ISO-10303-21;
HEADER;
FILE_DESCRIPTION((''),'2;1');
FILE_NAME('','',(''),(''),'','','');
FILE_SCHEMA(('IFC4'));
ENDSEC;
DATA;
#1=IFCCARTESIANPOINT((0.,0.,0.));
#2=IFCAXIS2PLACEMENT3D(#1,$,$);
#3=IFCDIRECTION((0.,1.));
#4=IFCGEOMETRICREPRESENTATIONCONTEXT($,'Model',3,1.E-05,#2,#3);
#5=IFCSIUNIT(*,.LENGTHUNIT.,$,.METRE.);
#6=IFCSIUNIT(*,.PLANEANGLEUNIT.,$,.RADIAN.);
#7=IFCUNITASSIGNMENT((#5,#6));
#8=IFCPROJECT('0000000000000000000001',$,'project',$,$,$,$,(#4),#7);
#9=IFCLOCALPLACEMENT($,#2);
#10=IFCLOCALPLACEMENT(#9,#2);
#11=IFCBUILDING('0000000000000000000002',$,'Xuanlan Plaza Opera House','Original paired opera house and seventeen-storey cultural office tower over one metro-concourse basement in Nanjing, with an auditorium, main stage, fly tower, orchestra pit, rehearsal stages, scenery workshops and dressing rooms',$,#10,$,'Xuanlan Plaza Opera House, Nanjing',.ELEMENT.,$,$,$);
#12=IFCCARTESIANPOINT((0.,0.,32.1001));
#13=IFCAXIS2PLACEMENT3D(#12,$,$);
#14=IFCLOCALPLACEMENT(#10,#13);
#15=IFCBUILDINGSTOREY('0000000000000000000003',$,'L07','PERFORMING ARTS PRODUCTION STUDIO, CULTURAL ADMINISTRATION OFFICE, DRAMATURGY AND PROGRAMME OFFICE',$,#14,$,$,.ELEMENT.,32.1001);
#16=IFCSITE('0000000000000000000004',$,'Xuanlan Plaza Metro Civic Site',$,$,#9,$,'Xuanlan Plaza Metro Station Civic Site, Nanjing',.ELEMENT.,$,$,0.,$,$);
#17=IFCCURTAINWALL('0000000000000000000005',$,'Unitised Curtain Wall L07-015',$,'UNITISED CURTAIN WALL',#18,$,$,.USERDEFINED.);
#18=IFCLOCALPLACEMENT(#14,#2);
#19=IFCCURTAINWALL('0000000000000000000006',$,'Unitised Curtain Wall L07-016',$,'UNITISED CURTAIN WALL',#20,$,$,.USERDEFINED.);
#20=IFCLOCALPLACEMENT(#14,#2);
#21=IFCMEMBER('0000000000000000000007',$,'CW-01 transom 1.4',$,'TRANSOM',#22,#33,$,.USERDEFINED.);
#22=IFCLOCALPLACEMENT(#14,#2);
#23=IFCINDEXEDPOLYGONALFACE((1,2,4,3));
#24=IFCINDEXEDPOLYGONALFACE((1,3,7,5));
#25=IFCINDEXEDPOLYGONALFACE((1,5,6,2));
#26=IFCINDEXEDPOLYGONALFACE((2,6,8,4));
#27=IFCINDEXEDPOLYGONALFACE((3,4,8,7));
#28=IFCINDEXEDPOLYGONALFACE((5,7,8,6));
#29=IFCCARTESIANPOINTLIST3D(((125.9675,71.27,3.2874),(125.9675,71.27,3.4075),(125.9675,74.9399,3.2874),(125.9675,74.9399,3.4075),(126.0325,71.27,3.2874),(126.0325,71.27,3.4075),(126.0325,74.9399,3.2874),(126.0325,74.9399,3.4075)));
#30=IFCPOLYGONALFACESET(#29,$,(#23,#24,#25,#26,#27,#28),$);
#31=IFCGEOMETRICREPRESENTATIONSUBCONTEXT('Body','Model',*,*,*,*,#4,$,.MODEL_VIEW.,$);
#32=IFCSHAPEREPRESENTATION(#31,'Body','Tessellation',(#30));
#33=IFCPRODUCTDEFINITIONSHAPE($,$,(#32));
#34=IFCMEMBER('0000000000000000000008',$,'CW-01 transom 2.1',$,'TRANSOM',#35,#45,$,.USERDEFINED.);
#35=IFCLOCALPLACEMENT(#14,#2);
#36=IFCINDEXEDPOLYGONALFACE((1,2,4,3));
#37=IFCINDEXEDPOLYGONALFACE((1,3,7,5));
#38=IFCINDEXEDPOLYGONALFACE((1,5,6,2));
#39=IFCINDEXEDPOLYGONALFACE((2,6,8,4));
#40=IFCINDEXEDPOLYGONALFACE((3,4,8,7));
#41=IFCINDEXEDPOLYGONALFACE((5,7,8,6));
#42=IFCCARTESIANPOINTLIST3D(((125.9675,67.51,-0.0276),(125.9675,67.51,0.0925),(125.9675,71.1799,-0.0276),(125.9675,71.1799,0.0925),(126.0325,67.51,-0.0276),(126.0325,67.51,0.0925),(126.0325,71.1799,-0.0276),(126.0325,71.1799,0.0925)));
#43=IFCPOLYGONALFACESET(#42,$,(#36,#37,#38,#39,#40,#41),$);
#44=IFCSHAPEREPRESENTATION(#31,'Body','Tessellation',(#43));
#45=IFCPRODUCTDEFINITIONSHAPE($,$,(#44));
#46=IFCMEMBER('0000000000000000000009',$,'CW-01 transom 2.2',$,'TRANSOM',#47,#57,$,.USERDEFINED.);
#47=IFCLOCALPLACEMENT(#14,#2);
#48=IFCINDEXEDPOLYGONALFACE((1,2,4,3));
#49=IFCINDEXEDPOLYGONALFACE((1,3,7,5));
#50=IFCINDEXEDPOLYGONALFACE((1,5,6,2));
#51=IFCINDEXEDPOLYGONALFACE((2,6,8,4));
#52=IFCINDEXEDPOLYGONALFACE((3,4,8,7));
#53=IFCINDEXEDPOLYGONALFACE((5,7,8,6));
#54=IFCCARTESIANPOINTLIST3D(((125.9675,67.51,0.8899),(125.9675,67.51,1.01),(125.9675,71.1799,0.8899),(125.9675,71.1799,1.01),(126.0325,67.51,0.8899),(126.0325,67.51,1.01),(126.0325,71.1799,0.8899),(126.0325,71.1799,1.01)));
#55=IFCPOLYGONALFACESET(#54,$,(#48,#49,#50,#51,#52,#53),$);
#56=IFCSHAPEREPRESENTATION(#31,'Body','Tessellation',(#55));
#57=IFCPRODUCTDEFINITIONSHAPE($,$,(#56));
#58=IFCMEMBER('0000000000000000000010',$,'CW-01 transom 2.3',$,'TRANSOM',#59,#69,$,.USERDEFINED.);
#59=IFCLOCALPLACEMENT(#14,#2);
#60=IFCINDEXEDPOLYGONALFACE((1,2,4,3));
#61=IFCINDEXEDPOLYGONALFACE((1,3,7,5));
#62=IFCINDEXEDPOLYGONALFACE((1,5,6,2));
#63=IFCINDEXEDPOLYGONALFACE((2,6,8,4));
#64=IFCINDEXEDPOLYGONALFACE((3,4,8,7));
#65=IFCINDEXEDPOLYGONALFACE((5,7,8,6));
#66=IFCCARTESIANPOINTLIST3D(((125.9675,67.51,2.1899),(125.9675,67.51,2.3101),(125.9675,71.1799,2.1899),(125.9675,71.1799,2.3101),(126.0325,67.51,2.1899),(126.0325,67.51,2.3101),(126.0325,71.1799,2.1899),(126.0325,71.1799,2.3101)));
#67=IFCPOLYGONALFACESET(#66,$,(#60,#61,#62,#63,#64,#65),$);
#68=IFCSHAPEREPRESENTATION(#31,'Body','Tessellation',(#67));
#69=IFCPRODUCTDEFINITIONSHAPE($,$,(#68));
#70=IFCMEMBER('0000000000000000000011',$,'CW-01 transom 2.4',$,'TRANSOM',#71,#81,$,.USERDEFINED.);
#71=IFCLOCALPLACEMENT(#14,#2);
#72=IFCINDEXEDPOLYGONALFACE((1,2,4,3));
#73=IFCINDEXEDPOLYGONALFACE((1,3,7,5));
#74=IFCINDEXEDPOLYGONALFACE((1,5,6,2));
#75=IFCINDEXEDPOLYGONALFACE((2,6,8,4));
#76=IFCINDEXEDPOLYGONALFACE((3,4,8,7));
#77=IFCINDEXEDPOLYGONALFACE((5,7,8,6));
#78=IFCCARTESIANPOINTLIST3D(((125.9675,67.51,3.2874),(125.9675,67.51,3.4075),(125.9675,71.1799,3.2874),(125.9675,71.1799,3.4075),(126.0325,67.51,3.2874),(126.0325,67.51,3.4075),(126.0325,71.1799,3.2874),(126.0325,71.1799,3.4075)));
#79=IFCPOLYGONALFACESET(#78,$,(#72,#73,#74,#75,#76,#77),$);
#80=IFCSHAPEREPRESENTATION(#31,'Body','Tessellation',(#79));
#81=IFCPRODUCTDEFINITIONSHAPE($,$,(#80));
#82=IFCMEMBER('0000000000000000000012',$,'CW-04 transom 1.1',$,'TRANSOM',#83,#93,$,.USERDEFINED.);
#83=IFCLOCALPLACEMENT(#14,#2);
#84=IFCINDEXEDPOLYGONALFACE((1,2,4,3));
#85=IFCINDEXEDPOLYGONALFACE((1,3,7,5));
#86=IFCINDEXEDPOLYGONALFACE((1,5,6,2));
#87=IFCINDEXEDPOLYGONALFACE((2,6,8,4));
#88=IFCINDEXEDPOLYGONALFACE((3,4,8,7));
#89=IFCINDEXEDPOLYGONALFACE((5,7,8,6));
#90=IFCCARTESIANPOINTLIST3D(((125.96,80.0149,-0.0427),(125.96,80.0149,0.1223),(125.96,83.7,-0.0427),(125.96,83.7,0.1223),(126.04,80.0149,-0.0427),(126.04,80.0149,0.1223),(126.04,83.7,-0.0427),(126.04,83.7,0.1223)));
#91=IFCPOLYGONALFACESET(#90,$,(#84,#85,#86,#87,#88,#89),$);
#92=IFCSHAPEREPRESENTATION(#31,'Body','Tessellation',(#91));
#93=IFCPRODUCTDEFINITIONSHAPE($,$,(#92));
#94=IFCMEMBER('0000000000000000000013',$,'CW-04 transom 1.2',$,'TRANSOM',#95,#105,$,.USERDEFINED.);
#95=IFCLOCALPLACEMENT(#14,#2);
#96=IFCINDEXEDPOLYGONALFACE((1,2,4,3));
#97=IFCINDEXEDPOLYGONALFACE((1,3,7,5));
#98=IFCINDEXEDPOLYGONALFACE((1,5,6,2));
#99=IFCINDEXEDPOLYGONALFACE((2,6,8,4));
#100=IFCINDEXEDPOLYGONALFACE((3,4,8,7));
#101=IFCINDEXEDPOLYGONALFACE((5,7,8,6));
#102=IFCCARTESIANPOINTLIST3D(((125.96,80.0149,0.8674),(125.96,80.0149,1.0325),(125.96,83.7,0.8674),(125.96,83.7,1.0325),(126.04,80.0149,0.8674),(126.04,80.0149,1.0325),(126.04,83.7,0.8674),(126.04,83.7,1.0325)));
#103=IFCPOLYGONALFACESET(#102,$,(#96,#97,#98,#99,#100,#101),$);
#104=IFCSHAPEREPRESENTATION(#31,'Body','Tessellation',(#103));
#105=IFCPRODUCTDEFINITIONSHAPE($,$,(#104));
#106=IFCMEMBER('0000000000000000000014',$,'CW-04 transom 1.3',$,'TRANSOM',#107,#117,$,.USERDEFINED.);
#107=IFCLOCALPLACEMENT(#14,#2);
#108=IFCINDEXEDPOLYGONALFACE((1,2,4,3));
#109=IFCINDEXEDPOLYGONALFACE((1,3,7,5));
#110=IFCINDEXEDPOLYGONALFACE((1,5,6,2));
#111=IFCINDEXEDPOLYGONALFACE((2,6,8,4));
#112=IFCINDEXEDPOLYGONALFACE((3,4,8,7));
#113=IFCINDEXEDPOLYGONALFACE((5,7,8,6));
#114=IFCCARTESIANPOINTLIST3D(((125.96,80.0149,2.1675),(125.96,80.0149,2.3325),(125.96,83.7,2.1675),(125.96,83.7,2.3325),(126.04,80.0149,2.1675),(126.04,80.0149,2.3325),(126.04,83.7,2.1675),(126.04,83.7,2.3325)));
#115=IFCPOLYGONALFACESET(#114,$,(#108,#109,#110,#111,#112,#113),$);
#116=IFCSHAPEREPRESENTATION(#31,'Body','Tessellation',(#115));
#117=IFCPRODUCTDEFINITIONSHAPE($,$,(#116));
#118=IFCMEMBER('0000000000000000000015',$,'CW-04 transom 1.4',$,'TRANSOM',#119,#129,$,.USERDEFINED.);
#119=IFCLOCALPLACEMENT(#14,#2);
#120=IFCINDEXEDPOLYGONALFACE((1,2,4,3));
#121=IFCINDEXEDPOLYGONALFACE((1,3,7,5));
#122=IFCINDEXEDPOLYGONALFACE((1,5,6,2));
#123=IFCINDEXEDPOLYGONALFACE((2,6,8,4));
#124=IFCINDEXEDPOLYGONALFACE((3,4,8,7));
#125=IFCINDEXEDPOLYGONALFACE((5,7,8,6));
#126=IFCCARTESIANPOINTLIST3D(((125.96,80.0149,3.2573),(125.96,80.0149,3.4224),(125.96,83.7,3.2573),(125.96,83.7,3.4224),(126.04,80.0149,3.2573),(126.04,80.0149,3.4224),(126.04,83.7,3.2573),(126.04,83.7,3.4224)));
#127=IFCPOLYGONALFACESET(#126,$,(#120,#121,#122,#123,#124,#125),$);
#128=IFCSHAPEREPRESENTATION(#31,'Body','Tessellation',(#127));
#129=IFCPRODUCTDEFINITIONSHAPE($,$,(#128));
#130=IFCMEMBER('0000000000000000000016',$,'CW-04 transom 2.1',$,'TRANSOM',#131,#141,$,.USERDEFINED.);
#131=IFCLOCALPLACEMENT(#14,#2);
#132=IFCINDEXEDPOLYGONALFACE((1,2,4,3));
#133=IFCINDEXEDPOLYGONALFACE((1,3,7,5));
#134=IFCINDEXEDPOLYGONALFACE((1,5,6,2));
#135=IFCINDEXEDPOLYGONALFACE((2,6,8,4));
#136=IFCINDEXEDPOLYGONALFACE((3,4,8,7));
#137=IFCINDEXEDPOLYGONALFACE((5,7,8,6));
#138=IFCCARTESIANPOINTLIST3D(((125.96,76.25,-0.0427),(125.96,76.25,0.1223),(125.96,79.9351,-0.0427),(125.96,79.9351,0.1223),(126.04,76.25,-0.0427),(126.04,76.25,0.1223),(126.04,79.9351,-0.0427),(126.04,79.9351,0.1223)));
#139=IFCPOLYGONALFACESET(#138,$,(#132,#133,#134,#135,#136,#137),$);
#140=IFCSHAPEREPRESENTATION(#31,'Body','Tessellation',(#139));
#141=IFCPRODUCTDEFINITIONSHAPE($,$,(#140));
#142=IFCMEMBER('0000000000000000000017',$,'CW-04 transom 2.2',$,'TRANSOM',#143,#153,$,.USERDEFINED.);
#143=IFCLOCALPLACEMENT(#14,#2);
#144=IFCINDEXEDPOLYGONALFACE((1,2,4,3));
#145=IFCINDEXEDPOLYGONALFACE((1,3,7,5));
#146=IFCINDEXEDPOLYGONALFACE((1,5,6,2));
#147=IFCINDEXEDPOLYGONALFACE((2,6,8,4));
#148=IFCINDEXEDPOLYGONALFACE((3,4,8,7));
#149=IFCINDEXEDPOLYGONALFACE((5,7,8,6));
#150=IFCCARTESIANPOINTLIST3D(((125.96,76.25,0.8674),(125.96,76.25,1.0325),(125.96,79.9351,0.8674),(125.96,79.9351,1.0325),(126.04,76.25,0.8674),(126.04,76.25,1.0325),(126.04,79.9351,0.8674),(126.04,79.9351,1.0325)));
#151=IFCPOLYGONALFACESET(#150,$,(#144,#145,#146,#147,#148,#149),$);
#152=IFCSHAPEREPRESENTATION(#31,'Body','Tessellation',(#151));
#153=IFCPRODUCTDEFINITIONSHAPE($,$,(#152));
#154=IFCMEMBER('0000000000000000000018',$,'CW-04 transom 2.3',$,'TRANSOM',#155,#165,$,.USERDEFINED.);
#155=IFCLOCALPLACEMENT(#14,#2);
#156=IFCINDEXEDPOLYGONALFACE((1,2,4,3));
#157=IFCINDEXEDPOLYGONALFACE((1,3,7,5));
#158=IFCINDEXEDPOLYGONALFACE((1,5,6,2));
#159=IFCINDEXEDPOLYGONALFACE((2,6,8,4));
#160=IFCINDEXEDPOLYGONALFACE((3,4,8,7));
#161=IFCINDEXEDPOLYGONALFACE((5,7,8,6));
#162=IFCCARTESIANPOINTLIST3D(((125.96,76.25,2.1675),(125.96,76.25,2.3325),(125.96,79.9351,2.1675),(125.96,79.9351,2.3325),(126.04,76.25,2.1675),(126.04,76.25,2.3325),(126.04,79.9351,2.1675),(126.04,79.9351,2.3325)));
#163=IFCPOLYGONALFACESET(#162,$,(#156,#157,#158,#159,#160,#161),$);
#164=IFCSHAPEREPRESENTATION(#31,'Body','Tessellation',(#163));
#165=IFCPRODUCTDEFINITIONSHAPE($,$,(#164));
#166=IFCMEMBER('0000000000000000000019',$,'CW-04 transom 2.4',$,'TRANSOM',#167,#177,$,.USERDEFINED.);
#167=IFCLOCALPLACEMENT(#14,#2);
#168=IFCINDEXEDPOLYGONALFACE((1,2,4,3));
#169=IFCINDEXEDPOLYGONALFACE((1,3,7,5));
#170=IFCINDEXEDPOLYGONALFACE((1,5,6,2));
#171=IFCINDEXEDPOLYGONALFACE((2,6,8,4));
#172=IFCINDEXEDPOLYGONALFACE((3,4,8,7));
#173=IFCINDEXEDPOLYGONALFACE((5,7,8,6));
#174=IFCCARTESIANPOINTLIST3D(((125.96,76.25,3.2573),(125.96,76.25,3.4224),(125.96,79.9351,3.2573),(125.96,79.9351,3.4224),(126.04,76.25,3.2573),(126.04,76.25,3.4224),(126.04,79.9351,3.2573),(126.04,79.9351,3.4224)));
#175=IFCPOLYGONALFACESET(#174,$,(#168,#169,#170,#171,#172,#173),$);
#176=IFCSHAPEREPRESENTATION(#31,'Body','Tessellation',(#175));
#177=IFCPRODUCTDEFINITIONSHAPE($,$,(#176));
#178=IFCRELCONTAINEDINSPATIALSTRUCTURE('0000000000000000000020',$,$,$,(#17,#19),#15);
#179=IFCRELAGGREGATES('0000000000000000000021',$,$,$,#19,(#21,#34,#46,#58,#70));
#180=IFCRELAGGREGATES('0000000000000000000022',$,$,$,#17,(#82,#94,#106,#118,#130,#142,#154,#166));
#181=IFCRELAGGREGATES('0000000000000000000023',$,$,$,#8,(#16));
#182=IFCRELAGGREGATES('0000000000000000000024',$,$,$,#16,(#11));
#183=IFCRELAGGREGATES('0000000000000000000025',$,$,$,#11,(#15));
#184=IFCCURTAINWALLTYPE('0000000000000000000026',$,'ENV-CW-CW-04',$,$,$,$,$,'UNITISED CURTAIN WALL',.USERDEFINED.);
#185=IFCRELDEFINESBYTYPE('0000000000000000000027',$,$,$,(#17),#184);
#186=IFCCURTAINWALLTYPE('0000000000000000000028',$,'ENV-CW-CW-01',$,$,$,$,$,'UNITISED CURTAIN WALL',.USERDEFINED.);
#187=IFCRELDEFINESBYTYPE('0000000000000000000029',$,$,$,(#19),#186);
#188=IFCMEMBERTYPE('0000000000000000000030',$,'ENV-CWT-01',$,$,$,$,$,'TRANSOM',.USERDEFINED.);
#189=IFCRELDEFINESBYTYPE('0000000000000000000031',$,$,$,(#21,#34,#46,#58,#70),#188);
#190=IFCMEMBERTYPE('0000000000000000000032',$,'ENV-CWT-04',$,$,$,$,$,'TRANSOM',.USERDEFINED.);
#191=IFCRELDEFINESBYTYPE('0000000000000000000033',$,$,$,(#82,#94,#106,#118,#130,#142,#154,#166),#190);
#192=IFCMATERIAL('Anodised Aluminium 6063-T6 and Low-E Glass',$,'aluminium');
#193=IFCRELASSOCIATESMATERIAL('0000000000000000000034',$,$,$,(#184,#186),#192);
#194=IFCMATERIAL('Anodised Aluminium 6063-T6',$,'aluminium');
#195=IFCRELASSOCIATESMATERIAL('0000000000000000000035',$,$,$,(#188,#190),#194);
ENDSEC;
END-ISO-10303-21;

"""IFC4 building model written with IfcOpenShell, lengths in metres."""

from ifc_helpers import new_model, si_unit, direction, frame, origin, origin_2d, place, context, subcontext, project, spatial, rectangle, extrude, material, material_profile, profile_set, type_object, element, aggregate, save


model = new_model("IFC4")

# Units and contexts
model_context = context("Model", 3, precision=1e-05, world=origin(), true_north=direction((0.0, 1.0)))
body_context = subcontext(model_context, "Body", "Model", "MODEL_VIEW")
ifc_project = project(units=[si_unit("LENGTHUNIT", "METRE"), si_unit("PLANEANGLEUNIT", "RADIAN")], contexts=[model_context])

# Site, building, storey
site_placement = place(None, origin())
site = spatial("IfcSite", under=ifc_project, at=site_placement, Name="Xuanlan Plaza Metro Civic Site", LongName="Xuanlan Plaza Metro Station Civic Site, Nanjing", CompositionType="ELEMENT", RefElevation=0.0)
building_placement = place(site_placement, origin())
building = spatial("IfcBuilding", under=site, at=building_placement, Name="Xuanlan Plaza Opera House", Description="Original paired opera house and seventeen-storey cultural office tower over one metro-concourse basement in Nanjing, with an auditorium, main stage, fly tower, orchestra pit, rehearsal stages, scenery workshops and dressing rooms", LongName="Xuanlan Plaza Opera House, Nanjing", CompositionType="ELEMENT")
storey_placement = place(building_placement, frame((0.0, 0.0, 32.1001)))
storey = spatial("IfcBuildingStorey", under=building, at=storey_placement, Name="L07", Description="PERFORMING ARTS PRODUCTION STUDIO, CULTURAL ADMINISTRATION OFFICE, DRAMATURGY AND PROGRAMME OFFICE", CompositionType="ELEMENT", Elevation=32.1001)

# Curtain walls, members
ifc_material_1 = material(Name="Anodised Aluminium 6063-T6 and Low-E Glass", Category="aluminium")
curtain_wall_type_1 = type_object("IfcCurtainWallType", Name="ENV-CW-CW-04", ElementType="UNITISED CURTAIN WALL", PredefinedType="USERDEFINED", material=ifc_material_1)
curtain_wall_1_placement = place(storey_placement, origin())
curtain_wall_1 = element("IfcCurtainWall", 1, at=curtain_wall_1_placement, inside=storey, type_object=curtain_wall_type_1, Name="Unitised Curtain Wall L07-015", ObjectType="UNITISED CURTAIN WALL", PredefinedType="USERDEFINED")
ifc_material_2 = material(Name="Anodised Aluminium 6063-T6", Category="aluminium")
curtain_wall_type_2 = type_object("IfcCurtainWallType", Name="ENV-CW-CW-01", ElementType="UNITISED CURTAIN WALL", PredefinedType="USERDEFINED", material=ifc_material_1)
curtain_wall_2_placement = place(storey_placement, origin())
curtain_wall_2 = element("IfcCurtainWall", 2, at=curtain_wall_2_placement, inside=storey, type_object=curtain_wall_type_2, Name="Unitised Curtain Wall L07-016", ObjectType="UNITISED CURTAIN WALL", PredefinedType="USERDEFINED")
ifc_material_profile_1 = material_profile(ifc_material_2, rectangle(XDim=0.0649, YDim=0.1201, at=origin_2d()), Name="ALU-T 65x120")
ifc_profile_set_1 = profile_set([ifc_material_profile_1], Name="Anodised Aluminium 6063-T6")
member_type_1 = type_object("IfcMemberType", Name="ENV-CWT-01", ElementType="TRANSOM", PredefinedType="USERDEFINED", material=ifc_profile_set_1)
member_1_placement = place(storey_placement, frame((126.0, 74.9399, 3.3474), z_axis=(0.0, -1.0, 0.0), x_axis=(1.0, 0.0, 0.0)))
member_1 = element("IfcMember", 3, at=member_1_placement, type_object=member_type_1, Name="CW-01 transom 1.4", ObjectType="TRANSOM", PredefinedType="USERDEFINED", context=body_context, shape_type="SweptSolid", body=[
    extrude(rectangle(XDim=0.0649, YDim=0.1201, at=origin_2d()), origin(), (0.0, 0.0, 1.0), 3.6699),
])
member_2_placement = place(storey_placement, frame((126.0, 71.1799, 0.0325), z_axis=(0.0, -1.0, 0.0), x_axis=(1.0, 0.0, 0.0)))
member_2 = element("IfcMember", 4, at=member_2_placement, type_object=member_type_1, Name="CW-01 transom 2.1", ObjectType="TRANSOM", PredefinedType="USERDEFINED", context=body_context, shape_type="SweptSolid", body=[
    extrude(rectangle(XDim=0.0649, YDim=0.1201, at=origin_2d()), origin(), (0.0, 0.0, 1.0), 3.6699),
])
member_3_placement = place(storey_placement, frame((126.0, 71.1799, 0.95), z_axis=(0.0, -1.0, 0.0), x_axis=(1.0, 0.0, 0.0)))
member_3 = element("IfcMember", 5, at=member_3_placement, type_object=member_type_1, Name="CW-01 transom 2.2", ObjectType="TRANSOM", PredefinedType="USERDEFINED", context=body_context, shape_type="SweptSolid", body=[
    extrude(rectangle(XDim=0.0649, YDim=0.1201, at=origin_2d()), origin(), (0.0, 0.0, 1.0), 3.6699),
])
member_4_placement = place(storey_placement, frame((126.0, 71.1799, 2.25), z_axis=(0.0, -1.0, 0.0), x_axis=(1.0, 0.0, 0.0)))
member_4 = element("IfcMember", 6, at=member_4_placement, type_object=member_type_1, Name="CW-01 transom 2.3", ObjectType="TRANSOM", PredefinedType="USERDEFINED", context=body_context, shape_type="SweptSolid", body=[
    extrude(rectangle(XDim=0.0649, YDim=0.1201, at=origin_2d()), origin(), (0.0, 0.0, 1.0), 3.6699),
])
member_5_placement = place(storey_placement, frame((126.0, 71.1799, 3.3474), z_axis=(0.0, -1.0, 0.0), x_axis=(1.0, 0.0, 0.0)))
member_5 = element("IfcMember", 7, at=member_5_placement, type_object=member_type_1, Name="CW-01 transom 2.4", ObjectType="TRANSOM", PredefinedType="USERDEFINED", context=body_context, shape_type="SweptSolid", body=[
    extrude(rectangle(XDim=0.0649, YDim=0.1201, at=origin_2d()), origin(), (0.0, 0.0, 1.0), 3.6699),
])

# Members
ifc_material_profile_2 = material_profile(ifc_material_2, rectangle(XDim=0.0801, YDim=0.165, at=origin_2d()), Name="ALU-T 80x165")
ifc_profile_set_2 = profile_set([ifc_material_profile_2], Name="Anodised Aluminium 6063-T6")
member_type_2 = type_object("IfcMemberType", Name="ENV-CWT-04", ElementType="TRANSOM", PredefinedType="USERDEFINED", material=ifc_profile_set_2)
member_6_placement = place(storey_placement, frame((126.0, 83.7, 0.0398), z_axis=(0.0, -1.0, 0.0), x_axis=(1.0, 0.0, 0.0)))
member_6 = element("IfcMember", 8, at=member_6_placement, type_object=member_type_2, Name="CW-04 transom 1.1", ObjectType="TRANSOM", PredefinedType="USERDEFINED", context=body_context, shape_type="SweptSolid", body=[
    extrude(rectangle(XDim=0.0801, YDim=0.165, at=origin_2d()), origin(), (0.0, 0.0, 1.0), 3.6851),
])
member_7_placement = place(storey_placement, frame((126.0, 83.7, 0.95), z_axis=(0.0, -1.0, 0.0), x_axis=(1.0, 0.0, 0.0)))
member_7 = element("IfcMember", 9, at=member_7_placement, type_object=member_type_2, Name="CW-04 transom 1.2", ObjectType="TRANSOM", PredefinedType="USERDEFINED", context=body_context, shape_type="SweptSolid", body=[
    extrude(rectangle(XDim=0.0801, YDim=0.165, at=origin_2d()), origin(), (0.0, 0.0, 1.0), 3.6851),
])
member_8_placement = place(storey_placement, frame((126.0, 83.7, 2.25), z_axis=(0.0, -1.0, 0.0), x_axis=(1.0, 0.0, 0.0)))
member_8 = element("IfcMember", 10, at=member_8_placement, type_object=member_type_2, Name="CW-04 transom 1.3", ObjectType="TRANSOM", PredefinedType="USERDEFINED", context=body_context, shape_type="SweptSolid", body=[
    extrude(rectangle(XDim=0.0801, YDim=0.165, at=origin_2d()), origin(), (0.0, 0.0, 1.0), 3.6851),
])
member_9_placement = place(storey_placement, frame((126.0, 83.7, 3.3398), z_axis=(0.0, -1.0, 0.0), x_axis=(1.0, 0.0, 0.0)))
member_9 = element("IfcMember", 11, at=member_9_placement, type_object=member_type_2, Name="CW-04 transom 1.4", ObjectType="TRANSOM", PredefinedType="USERDEFINED", context=body_context, shape_type="SweptSolid", body=[
    extrude(rectangle(XDim=0.0801, YDim=0.165, at=origin_2d()), origin(), (0.0, 0.0, 1.0), 3.6851),
])
member_10_placement = place(storey_placement, frame((126.0, 79.9351, 0.0398), z_axis=(0.0, -1.0, 0.0), x_axis=(1.0, 0.0, 0.0)))
member_10 = element("IfcMember", 12, at=member_10_placement, type_object=member_type_2, Name="CW-04 transom 2.1", ObjectType="TRANSOM", PredefinedType="USERDEFINED", context=body_context, shape_type="SweptSolid", body=[
    extrude(rectangle(XDim=0.0801, YDim=0.165, at=origin_2d()), origin(), (0.0, 0.0, 1.0), 3.6851),
])
member_11_placement = place(storey_placement, frame((126.0, 79.9351, 0.95), z_axis=(0.0, -1.0, 0.0), x_axis=(1.0, 0.0, 0.0)))
member_11 = element("IfcMember", 13, at=member_11_placement, type_object=member_type_2, Name="CW-04 transom 2.2", ObjectType="TRANSOM", PredefinedType="USERDEFINED", context=body_context, shape_type="SweptSolid", body=[
    extrude(rectangle(XDim=0.0801, YDim=0.165, at=origin_2d()), origin(), (0.0, 0.0, 1.0), 3.6851),
])
member_12_placement = place(storey_placement, frame((126.0, 79.9351, 2.25), z_axis=(0.0, -1.0, 0.0), x_axis=(1.0, 0.0, 0.0)))
member_12 = element("IfcMember", 14, at=member_12_placement, type_object=member_type_2, Name="CW-04 transom 2.3", ObjectType="TRANSOM", PredefinedType="USERDEFINED", context=body_context, shape_type="SweptSolid", body=[
    extrude(rectangle(XDim=0.0801, YDim=0.165, at=origin_2d()), origin(), (0.0, 0.0, 1.0), 3.6851),
])
member_13_placement = place(storey_placement, frame((126.0, 79.9351, 3.3398), z_axis=(0.0, -1.0, 0.0), x_axis=(1.0, 0.0, 0.0)))
member_13 = element("IfcMember", 15, at=member_13_placement, type_object=member_type_2, Name="CW-04 transom 2.4", ObjectType="TRANSOM", PredefinedType="USERDEFINED", context=body_context, shape_type="SweptSolid", body=[
    extrude(rectangle(XDim=0.0801, YDim=0.165, at=origin_2d()), origin(), (0.0, 0.0, 1.0), 3.6851),
])

aggregate(curtain_wall_2, [member_1, member_2, member_3, member_4, member_5])
aggregate(curtain_wall_1, [member_6, member_7, member_8, member_9, member_10, member_11, member_12, member_13])

save(model, "model.ifc")
